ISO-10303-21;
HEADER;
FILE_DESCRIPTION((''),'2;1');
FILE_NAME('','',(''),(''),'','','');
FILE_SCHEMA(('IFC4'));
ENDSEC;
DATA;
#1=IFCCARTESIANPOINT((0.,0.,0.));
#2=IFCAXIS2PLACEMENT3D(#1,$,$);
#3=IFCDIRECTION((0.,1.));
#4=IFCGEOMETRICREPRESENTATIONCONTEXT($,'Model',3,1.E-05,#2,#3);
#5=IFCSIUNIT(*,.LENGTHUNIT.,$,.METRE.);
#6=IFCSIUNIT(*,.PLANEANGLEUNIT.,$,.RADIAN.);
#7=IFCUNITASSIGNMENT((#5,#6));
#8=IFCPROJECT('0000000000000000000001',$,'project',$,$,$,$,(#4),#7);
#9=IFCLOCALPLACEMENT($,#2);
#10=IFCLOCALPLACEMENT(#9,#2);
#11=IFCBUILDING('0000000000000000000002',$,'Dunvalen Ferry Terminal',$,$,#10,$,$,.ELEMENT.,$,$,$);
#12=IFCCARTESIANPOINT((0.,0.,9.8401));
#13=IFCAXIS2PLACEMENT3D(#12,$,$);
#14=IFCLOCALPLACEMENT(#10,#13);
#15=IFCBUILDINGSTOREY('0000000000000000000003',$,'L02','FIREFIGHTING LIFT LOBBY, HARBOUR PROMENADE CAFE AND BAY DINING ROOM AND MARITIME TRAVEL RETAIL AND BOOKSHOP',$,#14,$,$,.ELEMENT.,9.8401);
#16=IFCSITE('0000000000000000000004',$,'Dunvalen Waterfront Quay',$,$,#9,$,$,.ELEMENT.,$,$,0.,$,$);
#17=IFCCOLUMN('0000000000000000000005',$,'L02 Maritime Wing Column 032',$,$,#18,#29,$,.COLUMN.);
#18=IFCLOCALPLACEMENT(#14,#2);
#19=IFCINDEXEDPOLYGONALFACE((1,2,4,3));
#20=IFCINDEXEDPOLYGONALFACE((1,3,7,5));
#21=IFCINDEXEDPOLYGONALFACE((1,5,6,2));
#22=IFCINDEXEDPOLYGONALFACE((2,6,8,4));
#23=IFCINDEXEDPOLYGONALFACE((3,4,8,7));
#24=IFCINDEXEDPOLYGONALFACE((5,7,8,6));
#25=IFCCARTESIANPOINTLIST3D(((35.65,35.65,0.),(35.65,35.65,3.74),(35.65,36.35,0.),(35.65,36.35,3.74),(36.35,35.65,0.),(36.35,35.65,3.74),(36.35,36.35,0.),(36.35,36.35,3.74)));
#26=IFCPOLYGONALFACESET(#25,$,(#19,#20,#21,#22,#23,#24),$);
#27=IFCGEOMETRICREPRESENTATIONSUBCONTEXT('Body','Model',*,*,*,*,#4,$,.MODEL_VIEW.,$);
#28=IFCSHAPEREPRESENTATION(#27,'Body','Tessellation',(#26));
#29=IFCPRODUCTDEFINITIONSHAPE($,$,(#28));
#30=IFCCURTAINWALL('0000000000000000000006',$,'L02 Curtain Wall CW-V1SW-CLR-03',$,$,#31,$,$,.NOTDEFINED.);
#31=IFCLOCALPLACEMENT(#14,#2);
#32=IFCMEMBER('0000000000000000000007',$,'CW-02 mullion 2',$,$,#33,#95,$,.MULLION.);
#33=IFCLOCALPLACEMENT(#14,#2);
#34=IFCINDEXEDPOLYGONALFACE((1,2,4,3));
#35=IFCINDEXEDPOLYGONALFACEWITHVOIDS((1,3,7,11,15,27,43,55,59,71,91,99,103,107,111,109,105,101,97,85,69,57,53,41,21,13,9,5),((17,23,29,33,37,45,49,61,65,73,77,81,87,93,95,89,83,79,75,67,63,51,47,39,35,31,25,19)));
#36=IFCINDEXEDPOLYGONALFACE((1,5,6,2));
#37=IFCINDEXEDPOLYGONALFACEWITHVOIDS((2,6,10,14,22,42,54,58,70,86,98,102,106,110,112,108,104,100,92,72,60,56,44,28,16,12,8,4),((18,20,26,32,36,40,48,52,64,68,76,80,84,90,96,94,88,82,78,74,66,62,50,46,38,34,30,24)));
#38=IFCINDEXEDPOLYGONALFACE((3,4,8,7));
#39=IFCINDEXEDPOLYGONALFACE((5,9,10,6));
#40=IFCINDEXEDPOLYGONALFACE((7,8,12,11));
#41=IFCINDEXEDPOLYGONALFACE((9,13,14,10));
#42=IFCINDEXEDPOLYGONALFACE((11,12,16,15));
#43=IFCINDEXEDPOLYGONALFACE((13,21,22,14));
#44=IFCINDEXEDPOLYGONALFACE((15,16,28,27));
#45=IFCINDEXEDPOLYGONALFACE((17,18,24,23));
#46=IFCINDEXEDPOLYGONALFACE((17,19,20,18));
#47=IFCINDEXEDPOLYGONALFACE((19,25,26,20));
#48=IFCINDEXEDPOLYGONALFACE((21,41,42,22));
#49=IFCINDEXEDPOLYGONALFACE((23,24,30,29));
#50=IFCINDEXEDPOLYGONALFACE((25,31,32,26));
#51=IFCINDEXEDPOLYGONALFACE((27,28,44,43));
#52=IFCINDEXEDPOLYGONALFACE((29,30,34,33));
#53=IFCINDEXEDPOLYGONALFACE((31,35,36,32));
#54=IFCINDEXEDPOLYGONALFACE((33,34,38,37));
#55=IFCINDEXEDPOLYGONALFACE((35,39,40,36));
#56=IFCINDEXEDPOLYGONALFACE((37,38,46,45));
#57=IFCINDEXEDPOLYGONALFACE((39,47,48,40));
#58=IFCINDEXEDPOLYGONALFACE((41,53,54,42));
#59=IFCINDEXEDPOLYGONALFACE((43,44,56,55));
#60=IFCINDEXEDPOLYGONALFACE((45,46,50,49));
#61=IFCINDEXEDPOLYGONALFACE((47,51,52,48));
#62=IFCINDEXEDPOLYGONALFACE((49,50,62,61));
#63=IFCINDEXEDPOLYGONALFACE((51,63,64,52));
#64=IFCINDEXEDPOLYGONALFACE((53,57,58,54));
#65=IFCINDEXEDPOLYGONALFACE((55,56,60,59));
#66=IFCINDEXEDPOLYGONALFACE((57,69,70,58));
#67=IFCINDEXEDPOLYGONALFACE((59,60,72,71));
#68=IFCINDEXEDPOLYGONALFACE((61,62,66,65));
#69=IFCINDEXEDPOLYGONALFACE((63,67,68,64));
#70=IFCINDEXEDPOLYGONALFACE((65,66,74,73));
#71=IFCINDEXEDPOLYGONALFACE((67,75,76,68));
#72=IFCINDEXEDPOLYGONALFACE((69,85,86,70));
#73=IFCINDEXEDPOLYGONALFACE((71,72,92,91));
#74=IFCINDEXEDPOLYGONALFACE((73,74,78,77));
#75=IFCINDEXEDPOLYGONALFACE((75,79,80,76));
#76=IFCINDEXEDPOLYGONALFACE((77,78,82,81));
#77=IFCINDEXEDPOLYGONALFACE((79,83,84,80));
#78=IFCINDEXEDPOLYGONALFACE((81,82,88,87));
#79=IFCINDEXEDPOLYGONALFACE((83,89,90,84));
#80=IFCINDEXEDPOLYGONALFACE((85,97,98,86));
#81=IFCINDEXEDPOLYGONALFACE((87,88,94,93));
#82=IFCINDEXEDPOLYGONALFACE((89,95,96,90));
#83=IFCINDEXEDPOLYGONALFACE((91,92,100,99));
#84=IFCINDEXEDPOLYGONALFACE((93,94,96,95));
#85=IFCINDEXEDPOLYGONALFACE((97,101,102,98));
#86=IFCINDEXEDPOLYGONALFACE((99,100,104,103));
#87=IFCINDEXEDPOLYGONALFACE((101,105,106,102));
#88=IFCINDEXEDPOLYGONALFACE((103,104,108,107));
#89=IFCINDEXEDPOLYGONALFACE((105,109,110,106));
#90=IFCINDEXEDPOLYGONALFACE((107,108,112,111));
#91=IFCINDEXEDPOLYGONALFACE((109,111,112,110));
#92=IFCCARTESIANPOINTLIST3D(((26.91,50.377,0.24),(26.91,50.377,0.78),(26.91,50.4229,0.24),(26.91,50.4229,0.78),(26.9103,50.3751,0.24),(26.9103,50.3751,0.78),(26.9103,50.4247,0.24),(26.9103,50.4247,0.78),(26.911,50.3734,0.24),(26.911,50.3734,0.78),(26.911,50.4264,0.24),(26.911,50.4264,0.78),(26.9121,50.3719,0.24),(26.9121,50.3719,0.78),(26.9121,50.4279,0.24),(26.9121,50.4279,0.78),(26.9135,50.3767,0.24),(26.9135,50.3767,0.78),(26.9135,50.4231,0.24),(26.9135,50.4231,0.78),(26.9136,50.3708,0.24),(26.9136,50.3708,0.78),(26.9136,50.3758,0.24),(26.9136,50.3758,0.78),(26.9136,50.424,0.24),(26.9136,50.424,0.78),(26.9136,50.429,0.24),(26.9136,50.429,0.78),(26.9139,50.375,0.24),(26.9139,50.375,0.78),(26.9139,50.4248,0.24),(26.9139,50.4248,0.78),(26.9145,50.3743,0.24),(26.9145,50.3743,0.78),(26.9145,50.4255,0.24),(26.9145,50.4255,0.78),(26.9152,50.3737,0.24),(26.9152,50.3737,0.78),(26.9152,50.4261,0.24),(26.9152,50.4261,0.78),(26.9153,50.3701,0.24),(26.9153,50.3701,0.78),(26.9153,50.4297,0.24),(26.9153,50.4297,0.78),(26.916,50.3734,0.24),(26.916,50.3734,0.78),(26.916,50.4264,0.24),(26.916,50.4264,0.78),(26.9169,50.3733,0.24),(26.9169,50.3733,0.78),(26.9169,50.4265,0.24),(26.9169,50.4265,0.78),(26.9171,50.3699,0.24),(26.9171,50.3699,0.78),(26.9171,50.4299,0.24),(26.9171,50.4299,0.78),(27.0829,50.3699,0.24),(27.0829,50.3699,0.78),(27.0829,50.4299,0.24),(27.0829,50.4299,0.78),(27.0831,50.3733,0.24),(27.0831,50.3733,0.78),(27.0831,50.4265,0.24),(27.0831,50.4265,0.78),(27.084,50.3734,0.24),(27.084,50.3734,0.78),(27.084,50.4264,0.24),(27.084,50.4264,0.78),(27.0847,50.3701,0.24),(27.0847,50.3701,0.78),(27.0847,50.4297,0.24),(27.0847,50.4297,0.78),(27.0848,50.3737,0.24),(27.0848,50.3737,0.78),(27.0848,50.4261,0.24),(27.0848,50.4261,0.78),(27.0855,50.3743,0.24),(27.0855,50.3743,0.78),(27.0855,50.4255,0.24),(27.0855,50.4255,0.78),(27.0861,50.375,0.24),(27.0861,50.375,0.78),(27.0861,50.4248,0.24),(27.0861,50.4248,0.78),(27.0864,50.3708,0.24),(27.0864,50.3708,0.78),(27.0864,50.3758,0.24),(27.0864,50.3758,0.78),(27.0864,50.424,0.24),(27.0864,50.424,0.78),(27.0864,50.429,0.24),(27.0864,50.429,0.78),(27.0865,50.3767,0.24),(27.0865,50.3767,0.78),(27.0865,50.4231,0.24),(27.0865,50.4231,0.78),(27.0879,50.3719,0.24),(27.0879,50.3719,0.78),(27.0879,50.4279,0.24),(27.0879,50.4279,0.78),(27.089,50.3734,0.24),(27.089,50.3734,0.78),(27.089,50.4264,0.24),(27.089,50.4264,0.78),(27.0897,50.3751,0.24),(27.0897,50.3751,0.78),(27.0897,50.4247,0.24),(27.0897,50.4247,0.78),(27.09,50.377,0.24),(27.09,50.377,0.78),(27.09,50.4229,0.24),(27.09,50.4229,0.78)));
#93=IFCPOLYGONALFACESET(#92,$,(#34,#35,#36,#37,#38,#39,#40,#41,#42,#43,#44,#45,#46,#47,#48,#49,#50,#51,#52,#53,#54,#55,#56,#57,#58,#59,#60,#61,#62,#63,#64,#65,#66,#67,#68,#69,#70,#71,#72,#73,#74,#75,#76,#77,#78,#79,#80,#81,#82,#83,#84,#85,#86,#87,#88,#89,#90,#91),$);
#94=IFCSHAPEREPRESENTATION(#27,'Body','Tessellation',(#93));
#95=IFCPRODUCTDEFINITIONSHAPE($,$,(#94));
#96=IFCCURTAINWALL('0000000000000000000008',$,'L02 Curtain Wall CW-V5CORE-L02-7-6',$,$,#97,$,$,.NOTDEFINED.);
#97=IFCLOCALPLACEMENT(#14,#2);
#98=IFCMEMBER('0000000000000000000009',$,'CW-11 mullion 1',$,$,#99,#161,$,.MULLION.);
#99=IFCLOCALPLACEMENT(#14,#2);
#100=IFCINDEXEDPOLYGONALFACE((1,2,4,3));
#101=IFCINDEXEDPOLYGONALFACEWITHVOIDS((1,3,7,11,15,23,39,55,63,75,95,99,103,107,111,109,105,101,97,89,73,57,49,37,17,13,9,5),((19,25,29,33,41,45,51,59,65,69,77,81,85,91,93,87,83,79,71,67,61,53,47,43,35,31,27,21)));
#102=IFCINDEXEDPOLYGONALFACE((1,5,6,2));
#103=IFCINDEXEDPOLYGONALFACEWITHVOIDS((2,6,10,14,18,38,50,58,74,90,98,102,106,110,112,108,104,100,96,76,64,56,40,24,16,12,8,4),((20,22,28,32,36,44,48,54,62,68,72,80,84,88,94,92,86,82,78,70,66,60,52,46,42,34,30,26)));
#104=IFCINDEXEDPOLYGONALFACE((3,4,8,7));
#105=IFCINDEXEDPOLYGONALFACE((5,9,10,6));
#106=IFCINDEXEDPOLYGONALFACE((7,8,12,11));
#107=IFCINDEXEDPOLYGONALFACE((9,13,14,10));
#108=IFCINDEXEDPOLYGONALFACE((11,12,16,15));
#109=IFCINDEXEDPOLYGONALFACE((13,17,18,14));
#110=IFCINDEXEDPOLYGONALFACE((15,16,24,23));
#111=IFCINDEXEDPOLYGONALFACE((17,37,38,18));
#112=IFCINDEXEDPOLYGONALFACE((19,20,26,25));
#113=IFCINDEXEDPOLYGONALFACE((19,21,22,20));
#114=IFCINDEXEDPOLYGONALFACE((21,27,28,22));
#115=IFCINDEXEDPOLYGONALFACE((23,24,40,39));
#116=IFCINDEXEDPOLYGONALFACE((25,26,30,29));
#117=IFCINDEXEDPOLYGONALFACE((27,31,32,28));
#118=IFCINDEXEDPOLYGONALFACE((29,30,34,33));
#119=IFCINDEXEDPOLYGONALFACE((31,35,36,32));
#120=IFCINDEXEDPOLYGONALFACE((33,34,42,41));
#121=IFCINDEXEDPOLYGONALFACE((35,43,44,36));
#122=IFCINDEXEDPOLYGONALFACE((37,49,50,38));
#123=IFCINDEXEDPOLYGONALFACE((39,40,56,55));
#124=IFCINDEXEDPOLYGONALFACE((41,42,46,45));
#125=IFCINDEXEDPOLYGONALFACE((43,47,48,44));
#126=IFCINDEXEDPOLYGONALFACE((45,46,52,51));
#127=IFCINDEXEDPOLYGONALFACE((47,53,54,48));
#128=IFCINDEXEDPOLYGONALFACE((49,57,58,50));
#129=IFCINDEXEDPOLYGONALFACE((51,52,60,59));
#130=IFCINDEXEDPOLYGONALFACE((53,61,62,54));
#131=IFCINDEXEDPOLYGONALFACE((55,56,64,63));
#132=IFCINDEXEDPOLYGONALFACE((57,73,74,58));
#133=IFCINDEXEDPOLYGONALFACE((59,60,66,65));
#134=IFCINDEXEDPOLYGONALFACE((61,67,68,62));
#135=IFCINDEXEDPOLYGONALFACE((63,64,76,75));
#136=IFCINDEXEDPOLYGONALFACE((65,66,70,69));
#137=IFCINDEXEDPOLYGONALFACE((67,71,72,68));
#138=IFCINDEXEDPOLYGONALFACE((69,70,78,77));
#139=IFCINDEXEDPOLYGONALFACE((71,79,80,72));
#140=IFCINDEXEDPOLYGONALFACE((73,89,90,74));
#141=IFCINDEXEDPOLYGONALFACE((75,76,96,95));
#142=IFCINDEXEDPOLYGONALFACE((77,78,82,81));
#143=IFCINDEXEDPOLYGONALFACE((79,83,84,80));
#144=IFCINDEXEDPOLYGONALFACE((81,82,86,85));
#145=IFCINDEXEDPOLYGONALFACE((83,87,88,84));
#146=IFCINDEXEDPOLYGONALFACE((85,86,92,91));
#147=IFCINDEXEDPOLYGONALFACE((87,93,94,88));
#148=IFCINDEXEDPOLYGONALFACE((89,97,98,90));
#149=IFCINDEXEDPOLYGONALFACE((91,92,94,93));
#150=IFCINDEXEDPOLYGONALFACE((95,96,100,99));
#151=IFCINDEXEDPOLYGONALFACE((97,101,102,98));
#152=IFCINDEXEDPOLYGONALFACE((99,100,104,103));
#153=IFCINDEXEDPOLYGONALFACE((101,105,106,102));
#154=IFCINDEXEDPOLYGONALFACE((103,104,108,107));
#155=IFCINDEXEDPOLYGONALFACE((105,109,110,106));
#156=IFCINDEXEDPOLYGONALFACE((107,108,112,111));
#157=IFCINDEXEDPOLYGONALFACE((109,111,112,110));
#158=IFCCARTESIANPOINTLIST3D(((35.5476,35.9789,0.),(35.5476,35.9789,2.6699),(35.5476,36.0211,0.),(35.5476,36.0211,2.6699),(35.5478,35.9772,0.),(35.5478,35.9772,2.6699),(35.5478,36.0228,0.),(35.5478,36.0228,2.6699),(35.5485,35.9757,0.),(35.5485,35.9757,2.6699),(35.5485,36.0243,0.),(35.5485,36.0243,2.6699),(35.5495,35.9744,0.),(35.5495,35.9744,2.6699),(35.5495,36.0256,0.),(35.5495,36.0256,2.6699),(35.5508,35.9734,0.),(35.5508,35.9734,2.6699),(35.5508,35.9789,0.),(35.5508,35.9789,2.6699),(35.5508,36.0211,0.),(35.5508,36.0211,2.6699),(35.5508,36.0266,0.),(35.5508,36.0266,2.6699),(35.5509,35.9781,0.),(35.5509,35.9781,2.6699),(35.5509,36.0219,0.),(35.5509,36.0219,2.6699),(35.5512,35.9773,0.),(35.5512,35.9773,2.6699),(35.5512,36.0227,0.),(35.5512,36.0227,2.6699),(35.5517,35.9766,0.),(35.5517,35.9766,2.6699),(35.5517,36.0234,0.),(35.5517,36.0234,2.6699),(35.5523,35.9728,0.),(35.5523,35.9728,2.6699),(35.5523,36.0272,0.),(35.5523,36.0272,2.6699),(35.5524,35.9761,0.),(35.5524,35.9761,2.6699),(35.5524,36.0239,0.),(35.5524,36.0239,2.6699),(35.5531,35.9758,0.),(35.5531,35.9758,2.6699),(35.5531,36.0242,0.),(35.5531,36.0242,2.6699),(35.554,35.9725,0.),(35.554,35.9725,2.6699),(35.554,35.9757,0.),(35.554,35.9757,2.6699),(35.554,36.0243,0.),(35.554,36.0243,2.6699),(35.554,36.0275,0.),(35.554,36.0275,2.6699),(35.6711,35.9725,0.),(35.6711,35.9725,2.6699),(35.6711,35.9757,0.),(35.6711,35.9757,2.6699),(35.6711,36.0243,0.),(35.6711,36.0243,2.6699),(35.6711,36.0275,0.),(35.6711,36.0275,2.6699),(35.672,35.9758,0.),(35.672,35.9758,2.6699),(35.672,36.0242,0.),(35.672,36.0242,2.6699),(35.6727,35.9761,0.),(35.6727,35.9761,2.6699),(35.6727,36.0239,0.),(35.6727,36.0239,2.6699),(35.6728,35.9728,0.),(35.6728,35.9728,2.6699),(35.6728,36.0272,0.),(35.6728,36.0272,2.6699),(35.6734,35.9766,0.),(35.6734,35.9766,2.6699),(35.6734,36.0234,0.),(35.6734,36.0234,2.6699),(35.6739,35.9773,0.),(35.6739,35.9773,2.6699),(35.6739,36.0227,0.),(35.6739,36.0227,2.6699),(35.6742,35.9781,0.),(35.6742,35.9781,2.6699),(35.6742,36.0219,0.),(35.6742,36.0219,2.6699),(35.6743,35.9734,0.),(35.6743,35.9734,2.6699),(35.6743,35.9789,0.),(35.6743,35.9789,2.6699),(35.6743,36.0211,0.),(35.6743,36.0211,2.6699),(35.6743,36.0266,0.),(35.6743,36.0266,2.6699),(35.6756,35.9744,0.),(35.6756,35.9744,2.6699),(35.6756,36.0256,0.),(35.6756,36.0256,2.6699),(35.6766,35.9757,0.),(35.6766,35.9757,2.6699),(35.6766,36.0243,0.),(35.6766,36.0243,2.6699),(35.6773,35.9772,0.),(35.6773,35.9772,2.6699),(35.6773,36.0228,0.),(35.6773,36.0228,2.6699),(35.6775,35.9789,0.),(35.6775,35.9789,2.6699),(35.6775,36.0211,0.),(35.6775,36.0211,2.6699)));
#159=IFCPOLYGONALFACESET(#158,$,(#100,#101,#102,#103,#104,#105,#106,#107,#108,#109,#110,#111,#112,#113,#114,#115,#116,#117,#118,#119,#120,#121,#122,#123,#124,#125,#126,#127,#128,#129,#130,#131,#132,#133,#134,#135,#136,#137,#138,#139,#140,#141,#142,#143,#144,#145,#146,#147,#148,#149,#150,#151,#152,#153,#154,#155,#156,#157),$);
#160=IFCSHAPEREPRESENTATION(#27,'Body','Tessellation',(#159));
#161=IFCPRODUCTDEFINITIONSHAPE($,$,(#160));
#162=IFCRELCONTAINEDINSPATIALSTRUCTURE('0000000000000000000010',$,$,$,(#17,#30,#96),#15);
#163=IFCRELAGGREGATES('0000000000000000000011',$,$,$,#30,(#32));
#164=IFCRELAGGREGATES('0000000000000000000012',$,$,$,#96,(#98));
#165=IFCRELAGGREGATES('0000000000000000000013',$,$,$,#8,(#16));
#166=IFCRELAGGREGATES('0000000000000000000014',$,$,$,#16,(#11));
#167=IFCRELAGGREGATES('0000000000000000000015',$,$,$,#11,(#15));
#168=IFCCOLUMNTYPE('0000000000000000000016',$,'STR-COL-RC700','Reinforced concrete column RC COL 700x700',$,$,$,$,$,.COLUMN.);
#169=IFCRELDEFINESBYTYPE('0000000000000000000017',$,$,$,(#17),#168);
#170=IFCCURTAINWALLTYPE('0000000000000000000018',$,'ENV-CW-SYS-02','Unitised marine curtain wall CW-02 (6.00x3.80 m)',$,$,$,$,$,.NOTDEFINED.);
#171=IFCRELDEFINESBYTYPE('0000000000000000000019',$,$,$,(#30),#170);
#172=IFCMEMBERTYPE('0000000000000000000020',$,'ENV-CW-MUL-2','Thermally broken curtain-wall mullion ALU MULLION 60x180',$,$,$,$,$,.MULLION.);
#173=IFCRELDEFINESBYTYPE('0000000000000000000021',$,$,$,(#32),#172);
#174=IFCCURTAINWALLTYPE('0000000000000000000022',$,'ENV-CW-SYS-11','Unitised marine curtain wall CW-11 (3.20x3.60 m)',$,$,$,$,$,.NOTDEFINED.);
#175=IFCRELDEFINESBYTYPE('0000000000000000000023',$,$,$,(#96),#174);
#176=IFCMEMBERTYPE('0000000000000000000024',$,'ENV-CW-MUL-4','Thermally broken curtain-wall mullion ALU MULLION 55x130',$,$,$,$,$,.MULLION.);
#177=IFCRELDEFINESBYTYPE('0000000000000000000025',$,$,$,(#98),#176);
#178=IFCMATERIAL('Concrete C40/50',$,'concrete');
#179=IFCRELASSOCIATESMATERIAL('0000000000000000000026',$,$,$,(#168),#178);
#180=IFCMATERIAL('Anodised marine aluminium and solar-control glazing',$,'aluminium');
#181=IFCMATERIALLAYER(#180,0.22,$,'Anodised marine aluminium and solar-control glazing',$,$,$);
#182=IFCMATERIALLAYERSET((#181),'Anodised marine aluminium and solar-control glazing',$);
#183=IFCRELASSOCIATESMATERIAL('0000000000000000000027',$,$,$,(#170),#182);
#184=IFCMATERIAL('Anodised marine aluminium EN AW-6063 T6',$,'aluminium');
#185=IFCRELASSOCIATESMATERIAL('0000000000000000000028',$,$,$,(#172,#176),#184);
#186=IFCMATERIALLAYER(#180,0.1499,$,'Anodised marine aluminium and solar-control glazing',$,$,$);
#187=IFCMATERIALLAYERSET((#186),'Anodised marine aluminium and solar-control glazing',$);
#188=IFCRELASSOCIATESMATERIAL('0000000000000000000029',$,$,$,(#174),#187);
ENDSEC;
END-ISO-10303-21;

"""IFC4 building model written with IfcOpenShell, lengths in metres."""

from ifc_helpers import new_model, si_unit, direction, frame, origin, origin_2d, place, context, subcontext, project, spatial, rectangle, hollow_rectangle, extrude, material, layer, layer_set, material_profile, profile_set, type_object, element, aggregate, save


model = new_model("IFC4")

# Units and contexts
model_context = context("Model", 3, precision=1e-05, world=origin(), true_north=direction((0.0, 1.0)))
body_context = subcontext(model_context, "Body", "Model", "MODEL_VIEW")
ifc_project = project(units=[si_unit("LENGTHUNIT", "METRE"), si_unit("PLANEANGLEUNIT", "RADIAN")], contexts=[model_context])

# Site, building, storey
site_placement = place(None, origin())
site = spatial("IfcSite", under=ifc_project, at=site_placement, Name="Dunvalen Waterfront Quay", CompositionType="ELEMENT", RefElevation=0.0)
building_placement = place(site_placement, origin())
building = spatial("IfcBuilding", under=site, at=building_placement, Name="Dunvalen Ferry Terminal", CompositionType="ELEMENT")
storey_placement = place(building_placement, frame((0.0, 0.0, 9.8401)))
storey = spatial("IfcBuildingStorey", under=building, at=storey_placement, Name="L02", Description="FIREFIGHTING LIFT LOBBY, HARBOUR PROMENADE CAFE AND BAY DINING ROOM AND MARITIME TRAVEL RETAIL AND BOOKSHOP", CompositionType="ELEMENT", Elevation=9.8401)

# Column
ifc_material_1 = material(Name="Concrete C40/50", Category="concrete")
ifc_material_profile_1 = material_profile(ifc_material_1, rectangle(XDim=0.7, YDim=0.7, at=origin_2d()), Name="Concrete C40/50")
ifc_profile_set_1 = profile_set([ifc_material_profile_1], Name="Concrete C40/50")
column_type = type_object("IfcColumnType", Name="STR-COL-RC700", Description="Reinforced concrete column RC COL 700x700", PredefinedType="COLUMN", material=ifc_profile_set_1)
column_placement = place(storey_placement, frame((36.0, 36.0, 0.0), z_axis=(0.0, 0.0, 1.0), x_axis=(1.0, 0.0, 0.0)))
element("IfcColumn", 1, at=column_placement, inside=storey, type_object=column_type, Name="L02 Maritime Wing Column 032", PredefinedType="COLUMN", context=body_context, shape_type="SweptSolid", body=[
    extrude(rectangle(XDim=0.7, YDim=0.7, at=origin_2d()), origin(), (0.0, 0.0, 1.0), 3.74),
])

# Curtain wall, member
ifc_material_2 = material(Name="Anodised marine aluminium and solar-control glazing", Category="aluminium")
ifc_layer_1 = layer(ifc_material_2, 0.22, Name="Anodised marine aluminium and solar-control glazing")
ifc_layer_set_1 = layer_set([ifc_layer_1], Name="Anodised marine aluminium and solar-control glazing")
curtain_wall_type_1 = type_object("IfcCurtainWallType", Name="ENV-CW-SYS-02", Description="Unitised marine curtain wall CW-02 (6.00x3.80 m)", PredefinedType="NOTDEFINED", material=ifc_layer_set_1)
curtain_wall_1_placement = place(storey_placement, origin())
curtain_wall_1 = element("IfcCurtainWall", 2, at=curtain_wall_1_placement, inside=storey, type_object=curtain_wall_type_1, Name="L02 Curtain Wall CW-V1SW-CLR-03", PredefinedType="NOTDEFINED")
ifc_material_3 = material(Name="Anodised marine aluminium EN AW-6063 T6", Category="aluminium")
ifc_material_profile_2 = material_profile(ifc_material_3, hollow_rectangle(XDim=0.0601, YDim=0.1799, WallThickness=0.0034, InnerFilletRadius=0.0034, OuterFilletRadius=0.0071, at=origin_2d()), Name="Anodised marine aluminium EN AW-6063 T6")
ifc_profile_set_2 = profile_set([ifc_material_profile_2], Name="Anodised marine aluminium EN AW-6063 T6")
member_type_1 = type_object("IfcMemberType", Name="ENV-CW-MUL-2", Description="Thermally broken curtain-wall mullion ALU MULLION 60x180", PredefinedType="MULLION", material=ifc_profile_set_2)
member_1_placement = place(storey_placement, frame((27.0, 50.3999, 0.24), z_axis=(0.0, 0.0, 1.0), x_axis=(0.0, 1.0, 0.0)))
member_1 = element("IfcMember", 3, at=member_1_placement, type_object=member_type_1, Name="CW-02 mullion 2", PredefinedType="MULLION", context=body_context, shape_type="SweptSolid", body=[
    extrude(hollow_rectangle(XDim=0.0601, YDim=0.1799, WallThickness=0.0034, InnerFilletRadius=0.0034, OuterFilletRadius=0.0071, at=origin_2d()), origin(), (0.0, 0.0, 1.0), 0.54),
])

# Curtain wall, member
ifc_layer_2 = layer(ifc_material_2, 0.1499, Name="Anodised marine aluminium and solar-control glazing")
ifc_layer_set_2 = layer_set([ifc_layer_2], Name="Anodised marine aluminium and solar-control glazing")
curtain_wall_type_2 = type_object("IfcCurtainWallType", Name="ENV-CW-SYS-11", Description="Unitised marine curtain wall CW-11 (3.20x3.60 m)", PredefinedType="NOTDEFINED", material=ifc_layer_set_2)
curtain_wall_2_placement = place(storey_placement, origin())
curtain_wall_2 = element("IfcCurtainWall", 4, at=curtain_wall_2_placement, inside=storey, type_object=curtain_wall_type_2, Name="L02 Curtain Wall CW-V5CORE-L02-7-6", PredefinedType="NOTDEFINED")
ifc_material_profile_3 = material_profile(ifc_material_3, hollow_rectangle(XDim=0.0549, YDim=0.1299, WallThickness=0.0032, InnerFilletRadius=0.0032, OuterFilletRadius=0.0063, at=origin_2d()), Name="Anodised marine aluminium EN AW-6063 T6")
ifc_profile_set_3 = profile_set([ifc_material_profile_3], Name="Anodised marine aluminium EN AW-6063 T6")
member_type_2 = type_object("IfcMemberType", Name="ENV-CW-MUL-4", Description="Thermally broken curtain-wall mullion ALU MULLION 55x130", PredefinedType="MULLION", material=ifc_profile_set_3)
member_2_placement = place(storey_placement, frame((35.6125, 36.0, 0.0), z_axis=(0.0, 0.0, 1.0), x_axis=(0.0, -1.0, 0.0)))
member_2 = element("IfcMember", 5, at=member_2_placement, type_object=member_type_2, Name="CW-11 mullion 1", PredefinedType="MULLION", context=body_context, shape_type="SweptSolid", body=[
    extrude(hollow_rectangle(XDim=0.0549, YDim=0.1299, WallThickness=0.0032, InnerFilletRadius=0.0032, OuterFilletRadius=0.0063, at=origin_2d()), origin(), (0.0, 0.0, 1.0), 2.6699),
])

aggregate(curtain_wall_1, [member_1])

aggregate(curtain_wall_2, [member_2])

save(model, "model.ifc")
